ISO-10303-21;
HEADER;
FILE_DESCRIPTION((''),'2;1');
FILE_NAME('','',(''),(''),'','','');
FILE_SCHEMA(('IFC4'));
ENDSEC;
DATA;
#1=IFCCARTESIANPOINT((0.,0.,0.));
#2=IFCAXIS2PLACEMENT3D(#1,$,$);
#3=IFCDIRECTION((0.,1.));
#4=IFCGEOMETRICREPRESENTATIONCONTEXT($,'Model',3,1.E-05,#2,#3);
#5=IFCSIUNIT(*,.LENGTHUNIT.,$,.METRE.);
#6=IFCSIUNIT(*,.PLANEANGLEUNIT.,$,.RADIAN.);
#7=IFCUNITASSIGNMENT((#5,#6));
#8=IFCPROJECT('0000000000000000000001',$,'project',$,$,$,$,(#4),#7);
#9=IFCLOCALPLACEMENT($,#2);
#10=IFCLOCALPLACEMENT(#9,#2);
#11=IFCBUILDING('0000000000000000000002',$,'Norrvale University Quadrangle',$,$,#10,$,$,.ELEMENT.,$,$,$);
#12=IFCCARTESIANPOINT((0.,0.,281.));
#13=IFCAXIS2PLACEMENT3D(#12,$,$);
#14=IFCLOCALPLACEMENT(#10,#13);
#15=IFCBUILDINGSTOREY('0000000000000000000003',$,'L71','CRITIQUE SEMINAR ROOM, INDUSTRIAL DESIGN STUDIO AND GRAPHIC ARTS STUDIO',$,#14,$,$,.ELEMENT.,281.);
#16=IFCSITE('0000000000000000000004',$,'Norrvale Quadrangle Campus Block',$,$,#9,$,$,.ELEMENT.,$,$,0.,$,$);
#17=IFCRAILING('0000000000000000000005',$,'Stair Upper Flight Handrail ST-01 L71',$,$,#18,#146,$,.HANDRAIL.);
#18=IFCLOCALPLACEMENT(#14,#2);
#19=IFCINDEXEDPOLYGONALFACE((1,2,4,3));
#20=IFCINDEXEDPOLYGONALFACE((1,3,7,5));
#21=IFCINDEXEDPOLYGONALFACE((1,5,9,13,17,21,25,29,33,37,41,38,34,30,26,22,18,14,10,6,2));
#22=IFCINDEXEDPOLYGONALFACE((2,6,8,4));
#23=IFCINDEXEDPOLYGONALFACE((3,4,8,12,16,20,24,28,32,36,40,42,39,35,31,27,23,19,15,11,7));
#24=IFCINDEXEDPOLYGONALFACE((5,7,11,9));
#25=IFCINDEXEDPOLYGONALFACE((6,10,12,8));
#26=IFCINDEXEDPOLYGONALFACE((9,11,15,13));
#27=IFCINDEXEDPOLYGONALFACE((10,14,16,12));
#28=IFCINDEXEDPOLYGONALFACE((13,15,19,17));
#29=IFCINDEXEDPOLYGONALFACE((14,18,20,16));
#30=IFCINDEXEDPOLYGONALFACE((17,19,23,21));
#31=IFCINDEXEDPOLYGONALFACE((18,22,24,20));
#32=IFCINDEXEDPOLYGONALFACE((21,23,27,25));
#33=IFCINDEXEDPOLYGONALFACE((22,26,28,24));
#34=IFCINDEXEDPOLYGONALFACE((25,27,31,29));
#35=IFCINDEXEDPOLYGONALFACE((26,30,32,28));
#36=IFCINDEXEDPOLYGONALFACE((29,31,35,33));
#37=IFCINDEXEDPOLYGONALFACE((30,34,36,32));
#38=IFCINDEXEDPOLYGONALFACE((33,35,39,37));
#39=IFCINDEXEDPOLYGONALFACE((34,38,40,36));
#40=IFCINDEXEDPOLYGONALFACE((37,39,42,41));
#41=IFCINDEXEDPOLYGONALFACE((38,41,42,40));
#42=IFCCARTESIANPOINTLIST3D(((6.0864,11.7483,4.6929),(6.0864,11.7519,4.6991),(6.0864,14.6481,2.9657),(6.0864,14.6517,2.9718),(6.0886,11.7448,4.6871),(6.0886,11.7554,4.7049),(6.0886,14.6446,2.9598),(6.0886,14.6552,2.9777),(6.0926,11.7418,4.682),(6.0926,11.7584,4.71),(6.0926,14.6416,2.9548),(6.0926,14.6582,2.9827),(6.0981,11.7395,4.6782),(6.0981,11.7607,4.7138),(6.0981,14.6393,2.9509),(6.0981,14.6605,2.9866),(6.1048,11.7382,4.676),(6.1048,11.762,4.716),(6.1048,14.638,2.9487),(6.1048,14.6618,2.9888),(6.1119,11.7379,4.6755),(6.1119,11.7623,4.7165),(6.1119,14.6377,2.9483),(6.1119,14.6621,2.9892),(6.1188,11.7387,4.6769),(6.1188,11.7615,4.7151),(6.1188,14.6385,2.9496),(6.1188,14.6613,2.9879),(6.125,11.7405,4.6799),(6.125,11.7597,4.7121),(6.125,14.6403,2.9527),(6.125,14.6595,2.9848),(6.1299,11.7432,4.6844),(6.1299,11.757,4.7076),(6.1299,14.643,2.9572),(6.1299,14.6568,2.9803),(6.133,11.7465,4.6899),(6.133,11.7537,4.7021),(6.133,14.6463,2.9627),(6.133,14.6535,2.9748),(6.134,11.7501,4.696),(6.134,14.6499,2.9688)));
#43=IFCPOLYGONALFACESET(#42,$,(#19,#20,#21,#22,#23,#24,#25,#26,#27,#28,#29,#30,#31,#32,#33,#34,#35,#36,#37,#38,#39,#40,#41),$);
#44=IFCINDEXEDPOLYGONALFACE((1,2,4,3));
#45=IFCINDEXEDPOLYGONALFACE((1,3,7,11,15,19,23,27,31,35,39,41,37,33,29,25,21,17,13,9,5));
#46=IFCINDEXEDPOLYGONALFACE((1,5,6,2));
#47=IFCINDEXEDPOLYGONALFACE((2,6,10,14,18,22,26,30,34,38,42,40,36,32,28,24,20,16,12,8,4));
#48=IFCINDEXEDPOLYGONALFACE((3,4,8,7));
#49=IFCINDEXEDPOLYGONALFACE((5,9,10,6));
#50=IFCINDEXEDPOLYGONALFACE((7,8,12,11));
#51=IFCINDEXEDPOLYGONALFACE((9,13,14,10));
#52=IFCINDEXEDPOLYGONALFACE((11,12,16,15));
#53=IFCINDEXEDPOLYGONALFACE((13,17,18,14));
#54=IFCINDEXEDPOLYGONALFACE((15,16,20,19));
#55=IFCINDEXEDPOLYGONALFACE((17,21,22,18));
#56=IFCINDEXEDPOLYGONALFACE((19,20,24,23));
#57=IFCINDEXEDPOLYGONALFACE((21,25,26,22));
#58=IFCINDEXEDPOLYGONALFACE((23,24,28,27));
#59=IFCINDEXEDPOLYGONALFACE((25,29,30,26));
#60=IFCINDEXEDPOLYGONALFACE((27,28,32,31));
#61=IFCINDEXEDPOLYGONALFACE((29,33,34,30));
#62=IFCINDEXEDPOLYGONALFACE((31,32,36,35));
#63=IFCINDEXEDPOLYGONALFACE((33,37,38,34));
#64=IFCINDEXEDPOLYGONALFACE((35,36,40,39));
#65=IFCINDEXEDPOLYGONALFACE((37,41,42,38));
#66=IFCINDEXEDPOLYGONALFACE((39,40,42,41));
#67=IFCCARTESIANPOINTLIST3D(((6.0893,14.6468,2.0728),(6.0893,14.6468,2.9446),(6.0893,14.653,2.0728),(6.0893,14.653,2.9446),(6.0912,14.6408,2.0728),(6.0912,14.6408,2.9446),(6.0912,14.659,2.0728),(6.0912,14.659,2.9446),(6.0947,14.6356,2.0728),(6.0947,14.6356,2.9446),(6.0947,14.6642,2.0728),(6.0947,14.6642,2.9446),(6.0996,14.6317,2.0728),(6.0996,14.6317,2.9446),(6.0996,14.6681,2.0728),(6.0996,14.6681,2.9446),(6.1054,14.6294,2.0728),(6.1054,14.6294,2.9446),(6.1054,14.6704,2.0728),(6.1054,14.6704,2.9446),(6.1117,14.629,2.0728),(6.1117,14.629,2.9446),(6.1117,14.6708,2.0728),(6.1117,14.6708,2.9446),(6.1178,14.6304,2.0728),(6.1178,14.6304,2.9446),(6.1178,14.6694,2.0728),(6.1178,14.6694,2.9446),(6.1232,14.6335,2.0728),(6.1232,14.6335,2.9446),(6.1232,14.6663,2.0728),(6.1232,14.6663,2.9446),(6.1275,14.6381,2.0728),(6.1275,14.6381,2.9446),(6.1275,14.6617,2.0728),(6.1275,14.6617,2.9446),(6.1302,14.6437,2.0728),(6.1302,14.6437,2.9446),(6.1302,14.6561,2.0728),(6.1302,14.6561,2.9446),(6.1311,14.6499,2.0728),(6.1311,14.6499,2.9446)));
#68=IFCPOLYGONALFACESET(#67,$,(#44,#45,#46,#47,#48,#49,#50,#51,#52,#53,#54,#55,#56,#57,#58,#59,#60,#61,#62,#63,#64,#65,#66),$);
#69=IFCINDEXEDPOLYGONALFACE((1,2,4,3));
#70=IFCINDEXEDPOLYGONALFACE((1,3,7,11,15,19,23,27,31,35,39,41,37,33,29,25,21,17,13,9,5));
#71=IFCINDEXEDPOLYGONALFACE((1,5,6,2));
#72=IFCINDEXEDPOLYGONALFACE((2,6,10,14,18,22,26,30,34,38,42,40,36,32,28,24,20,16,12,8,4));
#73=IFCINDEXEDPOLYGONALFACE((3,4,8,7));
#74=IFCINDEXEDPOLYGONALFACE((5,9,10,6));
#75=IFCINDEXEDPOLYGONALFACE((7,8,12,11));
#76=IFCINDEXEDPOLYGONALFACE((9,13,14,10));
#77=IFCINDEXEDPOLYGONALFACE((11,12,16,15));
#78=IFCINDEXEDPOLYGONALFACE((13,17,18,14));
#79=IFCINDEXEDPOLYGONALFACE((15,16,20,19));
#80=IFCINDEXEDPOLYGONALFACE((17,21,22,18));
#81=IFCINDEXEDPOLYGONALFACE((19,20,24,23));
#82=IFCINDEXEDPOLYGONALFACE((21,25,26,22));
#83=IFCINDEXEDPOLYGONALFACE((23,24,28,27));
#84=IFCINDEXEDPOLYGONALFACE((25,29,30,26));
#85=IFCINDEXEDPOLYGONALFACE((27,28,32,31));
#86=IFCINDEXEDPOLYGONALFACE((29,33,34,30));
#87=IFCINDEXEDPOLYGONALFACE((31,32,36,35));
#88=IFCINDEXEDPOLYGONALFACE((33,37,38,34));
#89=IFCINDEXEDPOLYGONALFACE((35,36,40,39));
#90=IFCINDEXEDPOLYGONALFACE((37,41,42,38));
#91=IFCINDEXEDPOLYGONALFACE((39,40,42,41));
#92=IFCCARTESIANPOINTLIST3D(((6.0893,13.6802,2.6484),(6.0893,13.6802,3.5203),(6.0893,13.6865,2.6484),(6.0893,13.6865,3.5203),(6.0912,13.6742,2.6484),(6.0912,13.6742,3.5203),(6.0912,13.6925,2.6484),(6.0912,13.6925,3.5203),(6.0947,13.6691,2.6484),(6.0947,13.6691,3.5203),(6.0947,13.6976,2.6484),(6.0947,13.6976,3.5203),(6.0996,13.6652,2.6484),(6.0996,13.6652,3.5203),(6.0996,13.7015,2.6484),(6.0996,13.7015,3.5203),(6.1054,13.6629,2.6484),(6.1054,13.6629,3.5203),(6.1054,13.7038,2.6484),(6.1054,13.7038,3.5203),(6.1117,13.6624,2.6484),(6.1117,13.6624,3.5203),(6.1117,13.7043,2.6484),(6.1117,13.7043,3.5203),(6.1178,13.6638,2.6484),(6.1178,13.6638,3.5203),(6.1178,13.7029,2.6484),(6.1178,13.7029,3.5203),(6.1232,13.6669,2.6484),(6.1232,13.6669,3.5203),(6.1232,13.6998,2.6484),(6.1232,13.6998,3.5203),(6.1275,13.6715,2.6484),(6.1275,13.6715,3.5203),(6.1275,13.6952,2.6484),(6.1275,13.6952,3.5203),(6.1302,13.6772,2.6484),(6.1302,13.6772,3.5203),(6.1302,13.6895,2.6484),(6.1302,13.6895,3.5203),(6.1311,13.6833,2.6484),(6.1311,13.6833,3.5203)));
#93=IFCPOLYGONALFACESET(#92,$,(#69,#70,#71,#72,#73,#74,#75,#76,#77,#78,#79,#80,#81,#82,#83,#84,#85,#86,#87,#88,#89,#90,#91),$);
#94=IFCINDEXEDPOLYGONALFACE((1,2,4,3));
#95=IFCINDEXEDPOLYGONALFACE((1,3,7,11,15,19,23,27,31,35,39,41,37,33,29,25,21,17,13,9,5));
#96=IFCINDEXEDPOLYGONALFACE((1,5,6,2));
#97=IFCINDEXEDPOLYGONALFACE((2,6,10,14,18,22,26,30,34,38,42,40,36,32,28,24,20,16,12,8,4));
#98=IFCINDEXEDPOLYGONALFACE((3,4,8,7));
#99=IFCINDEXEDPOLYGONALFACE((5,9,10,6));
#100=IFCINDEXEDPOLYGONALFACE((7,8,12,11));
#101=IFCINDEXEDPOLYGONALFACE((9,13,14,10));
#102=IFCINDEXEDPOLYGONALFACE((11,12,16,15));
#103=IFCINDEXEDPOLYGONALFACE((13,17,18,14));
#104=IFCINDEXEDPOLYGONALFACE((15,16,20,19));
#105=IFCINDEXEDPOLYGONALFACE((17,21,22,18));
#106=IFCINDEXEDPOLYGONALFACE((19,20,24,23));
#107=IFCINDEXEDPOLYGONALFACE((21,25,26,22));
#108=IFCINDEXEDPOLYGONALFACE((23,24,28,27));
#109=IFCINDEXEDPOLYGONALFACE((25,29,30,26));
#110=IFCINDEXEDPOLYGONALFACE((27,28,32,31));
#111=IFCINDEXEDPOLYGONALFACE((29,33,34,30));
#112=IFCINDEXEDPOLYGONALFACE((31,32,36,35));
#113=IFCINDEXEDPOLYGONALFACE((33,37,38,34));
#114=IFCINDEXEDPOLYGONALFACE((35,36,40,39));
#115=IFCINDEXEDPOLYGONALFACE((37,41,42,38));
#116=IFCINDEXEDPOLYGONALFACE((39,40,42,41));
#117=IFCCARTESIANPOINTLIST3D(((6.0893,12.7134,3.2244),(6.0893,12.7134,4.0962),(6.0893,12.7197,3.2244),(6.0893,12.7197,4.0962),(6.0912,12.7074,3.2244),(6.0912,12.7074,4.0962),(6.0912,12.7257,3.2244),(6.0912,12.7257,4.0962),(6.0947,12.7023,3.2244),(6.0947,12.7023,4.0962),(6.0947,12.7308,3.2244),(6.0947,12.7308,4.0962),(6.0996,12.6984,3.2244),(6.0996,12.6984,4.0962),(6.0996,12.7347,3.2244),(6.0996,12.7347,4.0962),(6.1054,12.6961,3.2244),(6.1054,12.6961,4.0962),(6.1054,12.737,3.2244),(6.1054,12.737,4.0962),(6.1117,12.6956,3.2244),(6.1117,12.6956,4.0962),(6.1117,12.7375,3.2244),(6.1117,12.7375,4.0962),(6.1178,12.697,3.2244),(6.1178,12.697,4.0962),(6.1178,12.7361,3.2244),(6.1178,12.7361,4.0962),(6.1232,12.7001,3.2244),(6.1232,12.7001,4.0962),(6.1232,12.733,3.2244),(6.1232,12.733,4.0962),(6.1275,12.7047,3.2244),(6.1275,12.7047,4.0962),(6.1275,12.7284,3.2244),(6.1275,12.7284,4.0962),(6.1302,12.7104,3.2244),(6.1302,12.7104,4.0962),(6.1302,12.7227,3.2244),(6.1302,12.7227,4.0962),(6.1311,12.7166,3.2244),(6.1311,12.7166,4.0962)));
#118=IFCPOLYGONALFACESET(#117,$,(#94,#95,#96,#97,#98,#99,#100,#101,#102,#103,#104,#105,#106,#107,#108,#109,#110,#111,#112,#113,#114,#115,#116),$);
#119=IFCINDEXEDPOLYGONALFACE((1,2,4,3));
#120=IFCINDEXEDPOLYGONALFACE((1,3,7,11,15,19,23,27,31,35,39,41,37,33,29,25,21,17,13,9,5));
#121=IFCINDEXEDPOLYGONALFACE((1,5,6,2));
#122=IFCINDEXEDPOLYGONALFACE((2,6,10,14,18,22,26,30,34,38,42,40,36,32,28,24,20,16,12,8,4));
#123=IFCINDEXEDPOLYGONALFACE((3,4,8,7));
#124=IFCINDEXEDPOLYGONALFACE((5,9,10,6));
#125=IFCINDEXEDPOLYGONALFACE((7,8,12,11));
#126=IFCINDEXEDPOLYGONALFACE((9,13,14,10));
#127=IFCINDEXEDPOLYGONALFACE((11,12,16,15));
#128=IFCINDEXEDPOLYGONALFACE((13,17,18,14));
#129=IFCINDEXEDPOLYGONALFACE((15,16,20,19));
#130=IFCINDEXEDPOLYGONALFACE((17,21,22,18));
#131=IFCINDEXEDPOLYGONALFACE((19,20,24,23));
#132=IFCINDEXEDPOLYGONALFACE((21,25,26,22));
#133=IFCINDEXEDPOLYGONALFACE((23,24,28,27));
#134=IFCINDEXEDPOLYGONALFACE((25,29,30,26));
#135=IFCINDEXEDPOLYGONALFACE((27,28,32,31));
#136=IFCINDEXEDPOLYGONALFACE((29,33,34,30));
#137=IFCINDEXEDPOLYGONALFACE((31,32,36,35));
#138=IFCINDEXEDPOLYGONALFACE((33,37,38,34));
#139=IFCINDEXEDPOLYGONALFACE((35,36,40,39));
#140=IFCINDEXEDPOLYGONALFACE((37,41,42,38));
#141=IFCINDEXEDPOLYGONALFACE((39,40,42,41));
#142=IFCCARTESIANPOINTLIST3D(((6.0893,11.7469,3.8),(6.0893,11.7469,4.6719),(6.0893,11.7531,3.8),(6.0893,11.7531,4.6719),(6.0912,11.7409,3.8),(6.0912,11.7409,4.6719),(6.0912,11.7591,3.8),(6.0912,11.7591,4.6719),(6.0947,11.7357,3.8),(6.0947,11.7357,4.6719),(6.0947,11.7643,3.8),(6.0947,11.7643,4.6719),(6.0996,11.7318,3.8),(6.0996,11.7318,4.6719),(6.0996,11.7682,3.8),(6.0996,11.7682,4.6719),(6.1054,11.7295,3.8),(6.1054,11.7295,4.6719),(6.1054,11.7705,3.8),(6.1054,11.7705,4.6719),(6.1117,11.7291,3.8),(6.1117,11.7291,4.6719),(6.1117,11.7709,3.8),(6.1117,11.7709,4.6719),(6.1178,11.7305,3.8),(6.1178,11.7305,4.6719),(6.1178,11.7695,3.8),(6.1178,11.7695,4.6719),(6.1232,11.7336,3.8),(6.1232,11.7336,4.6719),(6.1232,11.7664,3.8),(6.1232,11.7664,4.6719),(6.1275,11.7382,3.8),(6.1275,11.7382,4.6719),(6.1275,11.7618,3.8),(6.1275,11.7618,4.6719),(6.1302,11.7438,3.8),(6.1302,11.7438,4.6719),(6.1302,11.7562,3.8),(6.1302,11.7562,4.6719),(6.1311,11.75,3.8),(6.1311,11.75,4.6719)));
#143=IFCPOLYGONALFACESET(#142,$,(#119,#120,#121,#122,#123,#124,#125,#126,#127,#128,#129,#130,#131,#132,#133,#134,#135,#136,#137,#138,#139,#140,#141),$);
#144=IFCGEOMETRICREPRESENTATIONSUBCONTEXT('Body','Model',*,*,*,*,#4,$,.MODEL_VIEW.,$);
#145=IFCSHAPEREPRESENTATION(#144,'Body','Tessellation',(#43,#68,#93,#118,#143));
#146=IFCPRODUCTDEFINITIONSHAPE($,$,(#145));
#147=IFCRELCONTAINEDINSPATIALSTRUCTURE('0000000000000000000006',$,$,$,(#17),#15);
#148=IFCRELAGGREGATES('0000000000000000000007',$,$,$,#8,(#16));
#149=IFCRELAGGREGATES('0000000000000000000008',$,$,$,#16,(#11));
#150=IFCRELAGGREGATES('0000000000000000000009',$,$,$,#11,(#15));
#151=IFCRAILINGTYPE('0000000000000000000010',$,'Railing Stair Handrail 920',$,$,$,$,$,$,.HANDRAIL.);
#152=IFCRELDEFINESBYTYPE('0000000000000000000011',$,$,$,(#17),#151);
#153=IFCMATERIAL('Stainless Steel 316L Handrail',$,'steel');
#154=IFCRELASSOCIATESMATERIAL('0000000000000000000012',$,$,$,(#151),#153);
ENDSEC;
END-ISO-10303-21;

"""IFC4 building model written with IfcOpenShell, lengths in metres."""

from ifc_helpers import new_model, si_unit, direction, frame, origin, origin_2d, place, context, subcontext, project, spatial, circle, extrude, material, type_object, element, save


model = new_model("IFC4")

# Units and contexts
model_context = context("Model", 3, precision=1e-05, world=origin(), true_north=direction((0.0, 1.0)))
body_context = subcontext(model_context, "Body", "Model", "MODEL_VIEW")
ifc_project = project(units=[si_unit("LENGTHUNIT", "METRE"), si_unit("PLANEANGLEUNIT", "RADIAN")], contexts=[model_context])

# Site, building, storey
site_placement = place(None, origin())
site = spatial("IfcSite", under=ifc_project, at=site_placement, Name="Norrvale Quadrangle Campus Block", CompositionType="ELEMENT", RefElevation=0.0)
building_placement = place(site_placement, origin())
building = spatial("IfcBuilding", under=site, at=building_placement, Name="Norrvale University Quadrangle", CompositionType="ELEMENT")
storey_placement = place(building_placement, frame((0.0, 0.0, 281.0)))
storey = spatial("IfcBuildingStorey", under=building, at=storey_placement, Name="L71", Description="CRITIQUE SEMINAR ROOM, INDUSTRIAL DESIGN STUDIO AND GRAPHIC ARTS STUDIO", CompositionType="ELEMENT", Elevation=281.0)

# Railing
ifc_material_1 = material(Name="Stainless Steel 316L Handrail", Category="steel")
railing_type_1 = type_object("IfcRailingType", Name="Railing Stair Handrail 920", PredefinedType="HANDRAIL", material=ifc_material_1)
railing_1_placement = place(storey_placement, frame((6.1101, 14.6499, 2.0728)))
element("IfcRailing", 1, at=railing_1_placement, inside=storey, type_object=railing_type_1, Name="Stair Upper Flight Handrail ST-01 L71", PredefinedType="HANDRAIL", context=body_context, shape_type="SweptSolid", body=[
    extrude(circle(Radius=0.0239, at=origin_2d()), frame((0.0, 0.0, 0.896), z_axis=(0.0, -0.859141, 0.511738), x_axis=(1.0, 0.0, 0.0)), (0.0, 0.0, 1.0), 3.3752),
    extrude(circle(Radius=0.021, at=origin_2d()), origin(), (0.0, 0.0, 1.0), 0.8718),
    extrude(circle(Radius=0.021, at=origin_2d()), frame((0.0, -0.9666, 0.5757)), (0.0, 0.0, 1.0), 0.8718),
    extrude(circle(Radius=0.021, at=origin_2d()), frame((0.0, -1.9333, 1.1516)), (0.0, 0.0, 1.0), 0.8718),
    extrude(circle(Radius=0.021, at=origin_2d()), frame((0.0, -2.8999, 1.7273)), (0.0, 0.0, 1.0), 0.8718),
])

save(model, "model.ifc")
